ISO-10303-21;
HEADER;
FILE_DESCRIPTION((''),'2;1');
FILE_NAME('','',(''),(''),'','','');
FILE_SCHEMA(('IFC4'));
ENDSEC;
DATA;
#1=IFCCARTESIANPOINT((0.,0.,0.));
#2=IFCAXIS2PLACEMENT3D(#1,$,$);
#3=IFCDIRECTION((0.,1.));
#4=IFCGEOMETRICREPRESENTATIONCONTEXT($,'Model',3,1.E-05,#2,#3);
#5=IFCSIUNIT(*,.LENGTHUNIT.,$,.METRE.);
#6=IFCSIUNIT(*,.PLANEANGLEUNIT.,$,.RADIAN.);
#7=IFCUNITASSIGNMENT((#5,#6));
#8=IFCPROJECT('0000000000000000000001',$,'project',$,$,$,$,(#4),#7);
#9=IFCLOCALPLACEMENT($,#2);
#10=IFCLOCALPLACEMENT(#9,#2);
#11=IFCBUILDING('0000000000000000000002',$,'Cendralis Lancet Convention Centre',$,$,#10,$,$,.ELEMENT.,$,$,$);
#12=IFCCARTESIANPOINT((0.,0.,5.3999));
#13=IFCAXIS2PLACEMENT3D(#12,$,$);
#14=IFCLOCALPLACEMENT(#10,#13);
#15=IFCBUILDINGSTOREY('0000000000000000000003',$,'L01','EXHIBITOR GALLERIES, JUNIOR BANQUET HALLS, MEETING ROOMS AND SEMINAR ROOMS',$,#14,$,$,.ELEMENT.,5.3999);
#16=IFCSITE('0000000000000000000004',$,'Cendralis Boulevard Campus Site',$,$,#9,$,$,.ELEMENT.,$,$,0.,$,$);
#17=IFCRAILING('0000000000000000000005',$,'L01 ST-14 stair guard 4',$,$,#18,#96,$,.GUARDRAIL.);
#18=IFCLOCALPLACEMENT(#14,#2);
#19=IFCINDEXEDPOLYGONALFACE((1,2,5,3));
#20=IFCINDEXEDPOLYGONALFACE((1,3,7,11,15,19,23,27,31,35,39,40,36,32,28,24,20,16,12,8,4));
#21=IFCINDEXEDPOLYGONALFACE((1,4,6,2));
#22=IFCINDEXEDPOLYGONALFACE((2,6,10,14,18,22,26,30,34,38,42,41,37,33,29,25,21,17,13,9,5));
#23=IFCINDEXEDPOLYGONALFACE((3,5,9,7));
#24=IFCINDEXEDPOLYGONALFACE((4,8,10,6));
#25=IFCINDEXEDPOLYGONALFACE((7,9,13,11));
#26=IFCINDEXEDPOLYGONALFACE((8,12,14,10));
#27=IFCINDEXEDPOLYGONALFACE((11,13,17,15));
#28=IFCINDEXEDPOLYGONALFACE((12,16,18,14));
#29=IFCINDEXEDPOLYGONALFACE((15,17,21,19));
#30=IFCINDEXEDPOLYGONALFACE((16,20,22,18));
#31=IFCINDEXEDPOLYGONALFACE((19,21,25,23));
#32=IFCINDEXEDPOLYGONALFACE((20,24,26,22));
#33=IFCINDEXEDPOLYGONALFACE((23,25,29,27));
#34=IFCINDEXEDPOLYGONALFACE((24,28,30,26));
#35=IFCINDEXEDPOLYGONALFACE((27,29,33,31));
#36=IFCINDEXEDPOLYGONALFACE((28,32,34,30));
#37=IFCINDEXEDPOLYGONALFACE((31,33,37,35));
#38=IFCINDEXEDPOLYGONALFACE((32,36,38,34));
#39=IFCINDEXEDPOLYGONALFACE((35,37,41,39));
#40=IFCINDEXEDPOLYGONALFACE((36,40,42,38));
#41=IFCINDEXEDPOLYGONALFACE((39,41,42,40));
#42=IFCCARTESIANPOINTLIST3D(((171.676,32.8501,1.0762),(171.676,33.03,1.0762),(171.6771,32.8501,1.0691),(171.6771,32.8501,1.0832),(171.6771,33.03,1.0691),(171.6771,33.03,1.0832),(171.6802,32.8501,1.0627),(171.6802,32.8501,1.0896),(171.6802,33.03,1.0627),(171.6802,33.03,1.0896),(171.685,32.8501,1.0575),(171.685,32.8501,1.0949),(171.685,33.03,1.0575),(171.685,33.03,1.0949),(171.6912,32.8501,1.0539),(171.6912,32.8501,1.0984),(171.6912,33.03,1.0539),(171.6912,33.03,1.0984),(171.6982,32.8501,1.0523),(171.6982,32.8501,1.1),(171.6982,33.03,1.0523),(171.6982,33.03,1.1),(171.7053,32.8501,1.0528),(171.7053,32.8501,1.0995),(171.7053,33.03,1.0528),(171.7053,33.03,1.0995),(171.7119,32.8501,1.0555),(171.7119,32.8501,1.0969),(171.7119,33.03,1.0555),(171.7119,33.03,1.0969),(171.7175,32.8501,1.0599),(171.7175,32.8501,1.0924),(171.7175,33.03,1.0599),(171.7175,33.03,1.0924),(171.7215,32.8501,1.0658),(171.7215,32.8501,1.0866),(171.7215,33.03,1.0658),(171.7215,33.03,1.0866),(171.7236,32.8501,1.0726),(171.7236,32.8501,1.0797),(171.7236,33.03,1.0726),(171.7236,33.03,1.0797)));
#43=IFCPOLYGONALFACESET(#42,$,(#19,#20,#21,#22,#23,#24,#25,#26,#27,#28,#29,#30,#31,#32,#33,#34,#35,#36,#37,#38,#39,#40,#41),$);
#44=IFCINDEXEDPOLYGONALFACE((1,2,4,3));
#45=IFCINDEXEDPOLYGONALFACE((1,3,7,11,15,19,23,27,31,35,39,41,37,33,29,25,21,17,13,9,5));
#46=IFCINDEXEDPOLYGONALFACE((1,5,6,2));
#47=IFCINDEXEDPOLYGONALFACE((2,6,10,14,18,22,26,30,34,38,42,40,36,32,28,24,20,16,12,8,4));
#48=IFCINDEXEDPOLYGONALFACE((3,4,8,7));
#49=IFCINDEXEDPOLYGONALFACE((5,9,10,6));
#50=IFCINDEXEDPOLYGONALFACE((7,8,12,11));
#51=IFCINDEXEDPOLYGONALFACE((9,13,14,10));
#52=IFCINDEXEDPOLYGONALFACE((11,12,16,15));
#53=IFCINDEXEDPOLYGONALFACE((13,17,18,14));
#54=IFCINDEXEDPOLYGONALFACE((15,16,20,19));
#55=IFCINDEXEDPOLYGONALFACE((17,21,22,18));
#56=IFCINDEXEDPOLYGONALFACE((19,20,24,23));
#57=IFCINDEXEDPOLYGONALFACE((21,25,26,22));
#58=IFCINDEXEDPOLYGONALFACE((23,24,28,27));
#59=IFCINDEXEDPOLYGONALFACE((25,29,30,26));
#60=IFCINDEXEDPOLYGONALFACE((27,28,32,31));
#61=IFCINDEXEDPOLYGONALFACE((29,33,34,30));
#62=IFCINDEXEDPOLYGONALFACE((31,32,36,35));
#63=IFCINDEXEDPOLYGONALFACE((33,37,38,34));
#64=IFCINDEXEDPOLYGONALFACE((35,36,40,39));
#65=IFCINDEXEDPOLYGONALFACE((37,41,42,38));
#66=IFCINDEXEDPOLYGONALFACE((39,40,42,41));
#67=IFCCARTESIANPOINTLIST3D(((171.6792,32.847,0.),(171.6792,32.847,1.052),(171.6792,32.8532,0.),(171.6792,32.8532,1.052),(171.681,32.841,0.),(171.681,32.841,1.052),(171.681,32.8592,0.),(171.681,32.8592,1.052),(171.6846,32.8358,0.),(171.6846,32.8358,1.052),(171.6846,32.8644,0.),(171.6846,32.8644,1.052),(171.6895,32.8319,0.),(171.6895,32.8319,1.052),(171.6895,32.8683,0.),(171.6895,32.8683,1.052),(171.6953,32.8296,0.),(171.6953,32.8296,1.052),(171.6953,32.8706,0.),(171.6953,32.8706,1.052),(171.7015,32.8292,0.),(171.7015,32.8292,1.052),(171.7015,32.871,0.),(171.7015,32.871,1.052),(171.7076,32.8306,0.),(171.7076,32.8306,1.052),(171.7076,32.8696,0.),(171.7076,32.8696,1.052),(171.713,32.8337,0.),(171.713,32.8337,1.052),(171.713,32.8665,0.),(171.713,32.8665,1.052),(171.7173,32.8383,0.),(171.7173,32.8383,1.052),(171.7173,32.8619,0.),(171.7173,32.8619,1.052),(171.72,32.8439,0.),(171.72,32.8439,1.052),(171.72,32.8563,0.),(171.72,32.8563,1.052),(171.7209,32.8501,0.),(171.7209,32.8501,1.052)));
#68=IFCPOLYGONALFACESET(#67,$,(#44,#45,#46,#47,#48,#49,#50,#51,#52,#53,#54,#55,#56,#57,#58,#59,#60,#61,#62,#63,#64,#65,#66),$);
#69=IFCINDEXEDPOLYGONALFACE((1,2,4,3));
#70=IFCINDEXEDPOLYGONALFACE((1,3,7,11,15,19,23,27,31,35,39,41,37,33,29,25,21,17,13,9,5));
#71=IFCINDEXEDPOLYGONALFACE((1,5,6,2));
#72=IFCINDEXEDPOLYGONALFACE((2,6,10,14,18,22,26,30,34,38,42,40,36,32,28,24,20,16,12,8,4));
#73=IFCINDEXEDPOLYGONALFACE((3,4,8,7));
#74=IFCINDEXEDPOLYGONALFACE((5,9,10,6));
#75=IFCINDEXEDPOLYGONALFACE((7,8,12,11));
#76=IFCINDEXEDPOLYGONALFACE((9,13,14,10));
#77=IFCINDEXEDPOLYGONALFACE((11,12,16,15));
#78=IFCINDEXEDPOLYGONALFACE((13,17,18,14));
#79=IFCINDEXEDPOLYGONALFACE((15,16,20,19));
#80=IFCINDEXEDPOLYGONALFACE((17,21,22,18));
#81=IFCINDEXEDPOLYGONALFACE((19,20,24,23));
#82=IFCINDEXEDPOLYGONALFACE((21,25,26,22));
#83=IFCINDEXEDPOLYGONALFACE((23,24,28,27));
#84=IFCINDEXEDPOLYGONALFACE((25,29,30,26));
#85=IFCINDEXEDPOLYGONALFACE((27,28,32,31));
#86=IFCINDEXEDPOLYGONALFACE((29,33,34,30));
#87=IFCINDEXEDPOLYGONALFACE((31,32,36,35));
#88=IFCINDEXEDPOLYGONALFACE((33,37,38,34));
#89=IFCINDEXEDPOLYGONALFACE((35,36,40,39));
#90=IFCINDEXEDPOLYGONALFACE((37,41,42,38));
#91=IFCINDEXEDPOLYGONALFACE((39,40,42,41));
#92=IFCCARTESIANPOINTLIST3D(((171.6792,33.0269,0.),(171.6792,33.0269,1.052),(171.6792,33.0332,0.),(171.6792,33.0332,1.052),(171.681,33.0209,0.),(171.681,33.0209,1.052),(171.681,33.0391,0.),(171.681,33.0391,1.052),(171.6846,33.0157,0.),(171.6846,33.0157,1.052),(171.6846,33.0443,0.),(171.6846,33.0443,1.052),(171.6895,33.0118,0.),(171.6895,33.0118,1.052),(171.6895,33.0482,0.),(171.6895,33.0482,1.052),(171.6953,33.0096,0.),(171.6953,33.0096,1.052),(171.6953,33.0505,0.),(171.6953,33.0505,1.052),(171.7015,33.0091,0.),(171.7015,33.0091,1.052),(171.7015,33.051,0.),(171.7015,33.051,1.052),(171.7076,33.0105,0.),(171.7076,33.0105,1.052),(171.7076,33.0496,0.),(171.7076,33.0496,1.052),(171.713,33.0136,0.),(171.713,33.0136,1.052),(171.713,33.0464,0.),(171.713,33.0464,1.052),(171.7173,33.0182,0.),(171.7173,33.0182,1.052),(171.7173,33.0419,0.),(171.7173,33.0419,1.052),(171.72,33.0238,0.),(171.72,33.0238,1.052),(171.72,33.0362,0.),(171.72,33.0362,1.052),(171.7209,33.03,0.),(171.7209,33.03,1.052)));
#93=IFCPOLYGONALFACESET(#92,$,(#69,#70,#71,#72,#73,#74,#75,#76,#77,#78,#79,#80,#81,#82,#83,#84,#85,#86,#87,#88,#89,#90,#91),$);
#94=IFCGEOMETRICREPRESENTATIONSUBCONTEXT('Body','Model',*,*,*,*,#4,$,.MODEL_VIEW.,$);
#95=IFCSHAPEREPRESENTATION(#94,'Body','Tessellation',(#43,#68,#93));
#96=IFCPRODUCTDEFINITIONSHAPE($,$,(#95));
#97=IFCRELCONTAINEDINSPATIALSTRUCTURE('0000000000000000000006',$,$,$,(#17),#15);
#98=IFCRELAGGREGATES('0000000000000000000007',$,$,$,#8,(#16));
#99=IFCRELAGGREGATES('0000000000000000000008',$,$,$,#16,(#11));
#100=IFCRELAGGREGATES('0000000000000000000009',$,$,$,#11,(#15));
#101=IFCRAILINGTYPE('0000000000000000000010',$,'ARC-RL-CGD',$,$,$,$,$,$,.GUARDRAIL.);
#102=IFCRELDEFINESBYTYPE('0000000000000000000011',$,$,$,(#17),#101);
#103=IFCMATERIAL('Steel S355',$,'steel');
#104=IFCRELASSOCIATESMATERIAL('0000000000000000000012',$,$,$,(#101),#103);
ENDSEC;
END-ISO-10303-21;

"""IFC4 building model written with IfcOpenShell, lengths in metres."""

from ifc_helpers import new_model, si_unit, direction, frame, origin, origin_2d, place, context, subcontext, project, spatial, circle, extrude, material, type_object, element, save


model = new_model("IFC4")

# Units and contexts
model_context = context("Model", 3, precision=1e-05, world=origin(), true_north=direction((0.0, 1.0)))
body_context = subcontext(model_context, "Body", "Model", "MODEL_VIEW")
ifc_project = project(units=[si_unit("LENGTHUNIT", "METRE"), si_unit("PLANEANGLEUNIT", "RADIAN")], contexts=[model_context])

# Site, building, storey
site_placement = place(None, origin())
site = spatial("IfcSite", under=ifc_project, at=site_placement, Name="Cendralis Boulevard Campus Site", CompositionType="ELEMENT", RefElevation=0.0)
building_placement = place(site_placement, origin())
building = spatial("IfcBuilding", under=site, at=building_placement, Name="Cendralis Lancet Convention Centre", CompositionType="ELEMENT")
storey_placement = place(building_placement, frame((0.0, 0.0, 5.3999)))
storey = spatial("IfcBuildingStorey", under=building, at=storey_placement, Name="L01", Description="EXHIBITOR GALLERIES, JUNIOR BANQUET HALLS, MEETING ROOMS AND SEMINAR ROOMS", CompositionType="ELEMENT", Elevation=5.3999)

# Shared definitions
ifc_material_1 = material(Name="Steel S355", Category="steel")

# Railing
railing_type_1 = type_object("IfcRailingType", Name="ARC-RL-CGD", PredefinedType="GUARDRAIL", material=ifc_material_1)
railing_1_placement = place(storey_placement, frame((171.7, 32.8501, 0.0)))
element("IfcRailing", 1, at=railing_1_placement, inside=storey, type_object=railing_type_1, Name="L01 ST-14 stair guard 4", PredefinedType="GUARDRAIL", context=body_context, shape_type="SweptSolid", body=[
    extrude(circle(Radius=0.0239, at=origin_2d()), frame((0.0, 0.0, 1.0762), z_axis=(0.0, 1.0, 0.0), x_axis=(-1.0, 0.0, 0.0)), (0.0, 0.0, 1.0), 0.1799),
    extrude(circle(Radius=0.021, at=origin_2d()), origin(), (0.0, 0.0, 1.0), 1.052),
    extrude(circle(Radius=0.021, at=origin_2d()), frame((0.0, 0.1799, 0.0)), (0.0, 0.0, 1.0), 1.052),
])

save(model, "model.ifc")
